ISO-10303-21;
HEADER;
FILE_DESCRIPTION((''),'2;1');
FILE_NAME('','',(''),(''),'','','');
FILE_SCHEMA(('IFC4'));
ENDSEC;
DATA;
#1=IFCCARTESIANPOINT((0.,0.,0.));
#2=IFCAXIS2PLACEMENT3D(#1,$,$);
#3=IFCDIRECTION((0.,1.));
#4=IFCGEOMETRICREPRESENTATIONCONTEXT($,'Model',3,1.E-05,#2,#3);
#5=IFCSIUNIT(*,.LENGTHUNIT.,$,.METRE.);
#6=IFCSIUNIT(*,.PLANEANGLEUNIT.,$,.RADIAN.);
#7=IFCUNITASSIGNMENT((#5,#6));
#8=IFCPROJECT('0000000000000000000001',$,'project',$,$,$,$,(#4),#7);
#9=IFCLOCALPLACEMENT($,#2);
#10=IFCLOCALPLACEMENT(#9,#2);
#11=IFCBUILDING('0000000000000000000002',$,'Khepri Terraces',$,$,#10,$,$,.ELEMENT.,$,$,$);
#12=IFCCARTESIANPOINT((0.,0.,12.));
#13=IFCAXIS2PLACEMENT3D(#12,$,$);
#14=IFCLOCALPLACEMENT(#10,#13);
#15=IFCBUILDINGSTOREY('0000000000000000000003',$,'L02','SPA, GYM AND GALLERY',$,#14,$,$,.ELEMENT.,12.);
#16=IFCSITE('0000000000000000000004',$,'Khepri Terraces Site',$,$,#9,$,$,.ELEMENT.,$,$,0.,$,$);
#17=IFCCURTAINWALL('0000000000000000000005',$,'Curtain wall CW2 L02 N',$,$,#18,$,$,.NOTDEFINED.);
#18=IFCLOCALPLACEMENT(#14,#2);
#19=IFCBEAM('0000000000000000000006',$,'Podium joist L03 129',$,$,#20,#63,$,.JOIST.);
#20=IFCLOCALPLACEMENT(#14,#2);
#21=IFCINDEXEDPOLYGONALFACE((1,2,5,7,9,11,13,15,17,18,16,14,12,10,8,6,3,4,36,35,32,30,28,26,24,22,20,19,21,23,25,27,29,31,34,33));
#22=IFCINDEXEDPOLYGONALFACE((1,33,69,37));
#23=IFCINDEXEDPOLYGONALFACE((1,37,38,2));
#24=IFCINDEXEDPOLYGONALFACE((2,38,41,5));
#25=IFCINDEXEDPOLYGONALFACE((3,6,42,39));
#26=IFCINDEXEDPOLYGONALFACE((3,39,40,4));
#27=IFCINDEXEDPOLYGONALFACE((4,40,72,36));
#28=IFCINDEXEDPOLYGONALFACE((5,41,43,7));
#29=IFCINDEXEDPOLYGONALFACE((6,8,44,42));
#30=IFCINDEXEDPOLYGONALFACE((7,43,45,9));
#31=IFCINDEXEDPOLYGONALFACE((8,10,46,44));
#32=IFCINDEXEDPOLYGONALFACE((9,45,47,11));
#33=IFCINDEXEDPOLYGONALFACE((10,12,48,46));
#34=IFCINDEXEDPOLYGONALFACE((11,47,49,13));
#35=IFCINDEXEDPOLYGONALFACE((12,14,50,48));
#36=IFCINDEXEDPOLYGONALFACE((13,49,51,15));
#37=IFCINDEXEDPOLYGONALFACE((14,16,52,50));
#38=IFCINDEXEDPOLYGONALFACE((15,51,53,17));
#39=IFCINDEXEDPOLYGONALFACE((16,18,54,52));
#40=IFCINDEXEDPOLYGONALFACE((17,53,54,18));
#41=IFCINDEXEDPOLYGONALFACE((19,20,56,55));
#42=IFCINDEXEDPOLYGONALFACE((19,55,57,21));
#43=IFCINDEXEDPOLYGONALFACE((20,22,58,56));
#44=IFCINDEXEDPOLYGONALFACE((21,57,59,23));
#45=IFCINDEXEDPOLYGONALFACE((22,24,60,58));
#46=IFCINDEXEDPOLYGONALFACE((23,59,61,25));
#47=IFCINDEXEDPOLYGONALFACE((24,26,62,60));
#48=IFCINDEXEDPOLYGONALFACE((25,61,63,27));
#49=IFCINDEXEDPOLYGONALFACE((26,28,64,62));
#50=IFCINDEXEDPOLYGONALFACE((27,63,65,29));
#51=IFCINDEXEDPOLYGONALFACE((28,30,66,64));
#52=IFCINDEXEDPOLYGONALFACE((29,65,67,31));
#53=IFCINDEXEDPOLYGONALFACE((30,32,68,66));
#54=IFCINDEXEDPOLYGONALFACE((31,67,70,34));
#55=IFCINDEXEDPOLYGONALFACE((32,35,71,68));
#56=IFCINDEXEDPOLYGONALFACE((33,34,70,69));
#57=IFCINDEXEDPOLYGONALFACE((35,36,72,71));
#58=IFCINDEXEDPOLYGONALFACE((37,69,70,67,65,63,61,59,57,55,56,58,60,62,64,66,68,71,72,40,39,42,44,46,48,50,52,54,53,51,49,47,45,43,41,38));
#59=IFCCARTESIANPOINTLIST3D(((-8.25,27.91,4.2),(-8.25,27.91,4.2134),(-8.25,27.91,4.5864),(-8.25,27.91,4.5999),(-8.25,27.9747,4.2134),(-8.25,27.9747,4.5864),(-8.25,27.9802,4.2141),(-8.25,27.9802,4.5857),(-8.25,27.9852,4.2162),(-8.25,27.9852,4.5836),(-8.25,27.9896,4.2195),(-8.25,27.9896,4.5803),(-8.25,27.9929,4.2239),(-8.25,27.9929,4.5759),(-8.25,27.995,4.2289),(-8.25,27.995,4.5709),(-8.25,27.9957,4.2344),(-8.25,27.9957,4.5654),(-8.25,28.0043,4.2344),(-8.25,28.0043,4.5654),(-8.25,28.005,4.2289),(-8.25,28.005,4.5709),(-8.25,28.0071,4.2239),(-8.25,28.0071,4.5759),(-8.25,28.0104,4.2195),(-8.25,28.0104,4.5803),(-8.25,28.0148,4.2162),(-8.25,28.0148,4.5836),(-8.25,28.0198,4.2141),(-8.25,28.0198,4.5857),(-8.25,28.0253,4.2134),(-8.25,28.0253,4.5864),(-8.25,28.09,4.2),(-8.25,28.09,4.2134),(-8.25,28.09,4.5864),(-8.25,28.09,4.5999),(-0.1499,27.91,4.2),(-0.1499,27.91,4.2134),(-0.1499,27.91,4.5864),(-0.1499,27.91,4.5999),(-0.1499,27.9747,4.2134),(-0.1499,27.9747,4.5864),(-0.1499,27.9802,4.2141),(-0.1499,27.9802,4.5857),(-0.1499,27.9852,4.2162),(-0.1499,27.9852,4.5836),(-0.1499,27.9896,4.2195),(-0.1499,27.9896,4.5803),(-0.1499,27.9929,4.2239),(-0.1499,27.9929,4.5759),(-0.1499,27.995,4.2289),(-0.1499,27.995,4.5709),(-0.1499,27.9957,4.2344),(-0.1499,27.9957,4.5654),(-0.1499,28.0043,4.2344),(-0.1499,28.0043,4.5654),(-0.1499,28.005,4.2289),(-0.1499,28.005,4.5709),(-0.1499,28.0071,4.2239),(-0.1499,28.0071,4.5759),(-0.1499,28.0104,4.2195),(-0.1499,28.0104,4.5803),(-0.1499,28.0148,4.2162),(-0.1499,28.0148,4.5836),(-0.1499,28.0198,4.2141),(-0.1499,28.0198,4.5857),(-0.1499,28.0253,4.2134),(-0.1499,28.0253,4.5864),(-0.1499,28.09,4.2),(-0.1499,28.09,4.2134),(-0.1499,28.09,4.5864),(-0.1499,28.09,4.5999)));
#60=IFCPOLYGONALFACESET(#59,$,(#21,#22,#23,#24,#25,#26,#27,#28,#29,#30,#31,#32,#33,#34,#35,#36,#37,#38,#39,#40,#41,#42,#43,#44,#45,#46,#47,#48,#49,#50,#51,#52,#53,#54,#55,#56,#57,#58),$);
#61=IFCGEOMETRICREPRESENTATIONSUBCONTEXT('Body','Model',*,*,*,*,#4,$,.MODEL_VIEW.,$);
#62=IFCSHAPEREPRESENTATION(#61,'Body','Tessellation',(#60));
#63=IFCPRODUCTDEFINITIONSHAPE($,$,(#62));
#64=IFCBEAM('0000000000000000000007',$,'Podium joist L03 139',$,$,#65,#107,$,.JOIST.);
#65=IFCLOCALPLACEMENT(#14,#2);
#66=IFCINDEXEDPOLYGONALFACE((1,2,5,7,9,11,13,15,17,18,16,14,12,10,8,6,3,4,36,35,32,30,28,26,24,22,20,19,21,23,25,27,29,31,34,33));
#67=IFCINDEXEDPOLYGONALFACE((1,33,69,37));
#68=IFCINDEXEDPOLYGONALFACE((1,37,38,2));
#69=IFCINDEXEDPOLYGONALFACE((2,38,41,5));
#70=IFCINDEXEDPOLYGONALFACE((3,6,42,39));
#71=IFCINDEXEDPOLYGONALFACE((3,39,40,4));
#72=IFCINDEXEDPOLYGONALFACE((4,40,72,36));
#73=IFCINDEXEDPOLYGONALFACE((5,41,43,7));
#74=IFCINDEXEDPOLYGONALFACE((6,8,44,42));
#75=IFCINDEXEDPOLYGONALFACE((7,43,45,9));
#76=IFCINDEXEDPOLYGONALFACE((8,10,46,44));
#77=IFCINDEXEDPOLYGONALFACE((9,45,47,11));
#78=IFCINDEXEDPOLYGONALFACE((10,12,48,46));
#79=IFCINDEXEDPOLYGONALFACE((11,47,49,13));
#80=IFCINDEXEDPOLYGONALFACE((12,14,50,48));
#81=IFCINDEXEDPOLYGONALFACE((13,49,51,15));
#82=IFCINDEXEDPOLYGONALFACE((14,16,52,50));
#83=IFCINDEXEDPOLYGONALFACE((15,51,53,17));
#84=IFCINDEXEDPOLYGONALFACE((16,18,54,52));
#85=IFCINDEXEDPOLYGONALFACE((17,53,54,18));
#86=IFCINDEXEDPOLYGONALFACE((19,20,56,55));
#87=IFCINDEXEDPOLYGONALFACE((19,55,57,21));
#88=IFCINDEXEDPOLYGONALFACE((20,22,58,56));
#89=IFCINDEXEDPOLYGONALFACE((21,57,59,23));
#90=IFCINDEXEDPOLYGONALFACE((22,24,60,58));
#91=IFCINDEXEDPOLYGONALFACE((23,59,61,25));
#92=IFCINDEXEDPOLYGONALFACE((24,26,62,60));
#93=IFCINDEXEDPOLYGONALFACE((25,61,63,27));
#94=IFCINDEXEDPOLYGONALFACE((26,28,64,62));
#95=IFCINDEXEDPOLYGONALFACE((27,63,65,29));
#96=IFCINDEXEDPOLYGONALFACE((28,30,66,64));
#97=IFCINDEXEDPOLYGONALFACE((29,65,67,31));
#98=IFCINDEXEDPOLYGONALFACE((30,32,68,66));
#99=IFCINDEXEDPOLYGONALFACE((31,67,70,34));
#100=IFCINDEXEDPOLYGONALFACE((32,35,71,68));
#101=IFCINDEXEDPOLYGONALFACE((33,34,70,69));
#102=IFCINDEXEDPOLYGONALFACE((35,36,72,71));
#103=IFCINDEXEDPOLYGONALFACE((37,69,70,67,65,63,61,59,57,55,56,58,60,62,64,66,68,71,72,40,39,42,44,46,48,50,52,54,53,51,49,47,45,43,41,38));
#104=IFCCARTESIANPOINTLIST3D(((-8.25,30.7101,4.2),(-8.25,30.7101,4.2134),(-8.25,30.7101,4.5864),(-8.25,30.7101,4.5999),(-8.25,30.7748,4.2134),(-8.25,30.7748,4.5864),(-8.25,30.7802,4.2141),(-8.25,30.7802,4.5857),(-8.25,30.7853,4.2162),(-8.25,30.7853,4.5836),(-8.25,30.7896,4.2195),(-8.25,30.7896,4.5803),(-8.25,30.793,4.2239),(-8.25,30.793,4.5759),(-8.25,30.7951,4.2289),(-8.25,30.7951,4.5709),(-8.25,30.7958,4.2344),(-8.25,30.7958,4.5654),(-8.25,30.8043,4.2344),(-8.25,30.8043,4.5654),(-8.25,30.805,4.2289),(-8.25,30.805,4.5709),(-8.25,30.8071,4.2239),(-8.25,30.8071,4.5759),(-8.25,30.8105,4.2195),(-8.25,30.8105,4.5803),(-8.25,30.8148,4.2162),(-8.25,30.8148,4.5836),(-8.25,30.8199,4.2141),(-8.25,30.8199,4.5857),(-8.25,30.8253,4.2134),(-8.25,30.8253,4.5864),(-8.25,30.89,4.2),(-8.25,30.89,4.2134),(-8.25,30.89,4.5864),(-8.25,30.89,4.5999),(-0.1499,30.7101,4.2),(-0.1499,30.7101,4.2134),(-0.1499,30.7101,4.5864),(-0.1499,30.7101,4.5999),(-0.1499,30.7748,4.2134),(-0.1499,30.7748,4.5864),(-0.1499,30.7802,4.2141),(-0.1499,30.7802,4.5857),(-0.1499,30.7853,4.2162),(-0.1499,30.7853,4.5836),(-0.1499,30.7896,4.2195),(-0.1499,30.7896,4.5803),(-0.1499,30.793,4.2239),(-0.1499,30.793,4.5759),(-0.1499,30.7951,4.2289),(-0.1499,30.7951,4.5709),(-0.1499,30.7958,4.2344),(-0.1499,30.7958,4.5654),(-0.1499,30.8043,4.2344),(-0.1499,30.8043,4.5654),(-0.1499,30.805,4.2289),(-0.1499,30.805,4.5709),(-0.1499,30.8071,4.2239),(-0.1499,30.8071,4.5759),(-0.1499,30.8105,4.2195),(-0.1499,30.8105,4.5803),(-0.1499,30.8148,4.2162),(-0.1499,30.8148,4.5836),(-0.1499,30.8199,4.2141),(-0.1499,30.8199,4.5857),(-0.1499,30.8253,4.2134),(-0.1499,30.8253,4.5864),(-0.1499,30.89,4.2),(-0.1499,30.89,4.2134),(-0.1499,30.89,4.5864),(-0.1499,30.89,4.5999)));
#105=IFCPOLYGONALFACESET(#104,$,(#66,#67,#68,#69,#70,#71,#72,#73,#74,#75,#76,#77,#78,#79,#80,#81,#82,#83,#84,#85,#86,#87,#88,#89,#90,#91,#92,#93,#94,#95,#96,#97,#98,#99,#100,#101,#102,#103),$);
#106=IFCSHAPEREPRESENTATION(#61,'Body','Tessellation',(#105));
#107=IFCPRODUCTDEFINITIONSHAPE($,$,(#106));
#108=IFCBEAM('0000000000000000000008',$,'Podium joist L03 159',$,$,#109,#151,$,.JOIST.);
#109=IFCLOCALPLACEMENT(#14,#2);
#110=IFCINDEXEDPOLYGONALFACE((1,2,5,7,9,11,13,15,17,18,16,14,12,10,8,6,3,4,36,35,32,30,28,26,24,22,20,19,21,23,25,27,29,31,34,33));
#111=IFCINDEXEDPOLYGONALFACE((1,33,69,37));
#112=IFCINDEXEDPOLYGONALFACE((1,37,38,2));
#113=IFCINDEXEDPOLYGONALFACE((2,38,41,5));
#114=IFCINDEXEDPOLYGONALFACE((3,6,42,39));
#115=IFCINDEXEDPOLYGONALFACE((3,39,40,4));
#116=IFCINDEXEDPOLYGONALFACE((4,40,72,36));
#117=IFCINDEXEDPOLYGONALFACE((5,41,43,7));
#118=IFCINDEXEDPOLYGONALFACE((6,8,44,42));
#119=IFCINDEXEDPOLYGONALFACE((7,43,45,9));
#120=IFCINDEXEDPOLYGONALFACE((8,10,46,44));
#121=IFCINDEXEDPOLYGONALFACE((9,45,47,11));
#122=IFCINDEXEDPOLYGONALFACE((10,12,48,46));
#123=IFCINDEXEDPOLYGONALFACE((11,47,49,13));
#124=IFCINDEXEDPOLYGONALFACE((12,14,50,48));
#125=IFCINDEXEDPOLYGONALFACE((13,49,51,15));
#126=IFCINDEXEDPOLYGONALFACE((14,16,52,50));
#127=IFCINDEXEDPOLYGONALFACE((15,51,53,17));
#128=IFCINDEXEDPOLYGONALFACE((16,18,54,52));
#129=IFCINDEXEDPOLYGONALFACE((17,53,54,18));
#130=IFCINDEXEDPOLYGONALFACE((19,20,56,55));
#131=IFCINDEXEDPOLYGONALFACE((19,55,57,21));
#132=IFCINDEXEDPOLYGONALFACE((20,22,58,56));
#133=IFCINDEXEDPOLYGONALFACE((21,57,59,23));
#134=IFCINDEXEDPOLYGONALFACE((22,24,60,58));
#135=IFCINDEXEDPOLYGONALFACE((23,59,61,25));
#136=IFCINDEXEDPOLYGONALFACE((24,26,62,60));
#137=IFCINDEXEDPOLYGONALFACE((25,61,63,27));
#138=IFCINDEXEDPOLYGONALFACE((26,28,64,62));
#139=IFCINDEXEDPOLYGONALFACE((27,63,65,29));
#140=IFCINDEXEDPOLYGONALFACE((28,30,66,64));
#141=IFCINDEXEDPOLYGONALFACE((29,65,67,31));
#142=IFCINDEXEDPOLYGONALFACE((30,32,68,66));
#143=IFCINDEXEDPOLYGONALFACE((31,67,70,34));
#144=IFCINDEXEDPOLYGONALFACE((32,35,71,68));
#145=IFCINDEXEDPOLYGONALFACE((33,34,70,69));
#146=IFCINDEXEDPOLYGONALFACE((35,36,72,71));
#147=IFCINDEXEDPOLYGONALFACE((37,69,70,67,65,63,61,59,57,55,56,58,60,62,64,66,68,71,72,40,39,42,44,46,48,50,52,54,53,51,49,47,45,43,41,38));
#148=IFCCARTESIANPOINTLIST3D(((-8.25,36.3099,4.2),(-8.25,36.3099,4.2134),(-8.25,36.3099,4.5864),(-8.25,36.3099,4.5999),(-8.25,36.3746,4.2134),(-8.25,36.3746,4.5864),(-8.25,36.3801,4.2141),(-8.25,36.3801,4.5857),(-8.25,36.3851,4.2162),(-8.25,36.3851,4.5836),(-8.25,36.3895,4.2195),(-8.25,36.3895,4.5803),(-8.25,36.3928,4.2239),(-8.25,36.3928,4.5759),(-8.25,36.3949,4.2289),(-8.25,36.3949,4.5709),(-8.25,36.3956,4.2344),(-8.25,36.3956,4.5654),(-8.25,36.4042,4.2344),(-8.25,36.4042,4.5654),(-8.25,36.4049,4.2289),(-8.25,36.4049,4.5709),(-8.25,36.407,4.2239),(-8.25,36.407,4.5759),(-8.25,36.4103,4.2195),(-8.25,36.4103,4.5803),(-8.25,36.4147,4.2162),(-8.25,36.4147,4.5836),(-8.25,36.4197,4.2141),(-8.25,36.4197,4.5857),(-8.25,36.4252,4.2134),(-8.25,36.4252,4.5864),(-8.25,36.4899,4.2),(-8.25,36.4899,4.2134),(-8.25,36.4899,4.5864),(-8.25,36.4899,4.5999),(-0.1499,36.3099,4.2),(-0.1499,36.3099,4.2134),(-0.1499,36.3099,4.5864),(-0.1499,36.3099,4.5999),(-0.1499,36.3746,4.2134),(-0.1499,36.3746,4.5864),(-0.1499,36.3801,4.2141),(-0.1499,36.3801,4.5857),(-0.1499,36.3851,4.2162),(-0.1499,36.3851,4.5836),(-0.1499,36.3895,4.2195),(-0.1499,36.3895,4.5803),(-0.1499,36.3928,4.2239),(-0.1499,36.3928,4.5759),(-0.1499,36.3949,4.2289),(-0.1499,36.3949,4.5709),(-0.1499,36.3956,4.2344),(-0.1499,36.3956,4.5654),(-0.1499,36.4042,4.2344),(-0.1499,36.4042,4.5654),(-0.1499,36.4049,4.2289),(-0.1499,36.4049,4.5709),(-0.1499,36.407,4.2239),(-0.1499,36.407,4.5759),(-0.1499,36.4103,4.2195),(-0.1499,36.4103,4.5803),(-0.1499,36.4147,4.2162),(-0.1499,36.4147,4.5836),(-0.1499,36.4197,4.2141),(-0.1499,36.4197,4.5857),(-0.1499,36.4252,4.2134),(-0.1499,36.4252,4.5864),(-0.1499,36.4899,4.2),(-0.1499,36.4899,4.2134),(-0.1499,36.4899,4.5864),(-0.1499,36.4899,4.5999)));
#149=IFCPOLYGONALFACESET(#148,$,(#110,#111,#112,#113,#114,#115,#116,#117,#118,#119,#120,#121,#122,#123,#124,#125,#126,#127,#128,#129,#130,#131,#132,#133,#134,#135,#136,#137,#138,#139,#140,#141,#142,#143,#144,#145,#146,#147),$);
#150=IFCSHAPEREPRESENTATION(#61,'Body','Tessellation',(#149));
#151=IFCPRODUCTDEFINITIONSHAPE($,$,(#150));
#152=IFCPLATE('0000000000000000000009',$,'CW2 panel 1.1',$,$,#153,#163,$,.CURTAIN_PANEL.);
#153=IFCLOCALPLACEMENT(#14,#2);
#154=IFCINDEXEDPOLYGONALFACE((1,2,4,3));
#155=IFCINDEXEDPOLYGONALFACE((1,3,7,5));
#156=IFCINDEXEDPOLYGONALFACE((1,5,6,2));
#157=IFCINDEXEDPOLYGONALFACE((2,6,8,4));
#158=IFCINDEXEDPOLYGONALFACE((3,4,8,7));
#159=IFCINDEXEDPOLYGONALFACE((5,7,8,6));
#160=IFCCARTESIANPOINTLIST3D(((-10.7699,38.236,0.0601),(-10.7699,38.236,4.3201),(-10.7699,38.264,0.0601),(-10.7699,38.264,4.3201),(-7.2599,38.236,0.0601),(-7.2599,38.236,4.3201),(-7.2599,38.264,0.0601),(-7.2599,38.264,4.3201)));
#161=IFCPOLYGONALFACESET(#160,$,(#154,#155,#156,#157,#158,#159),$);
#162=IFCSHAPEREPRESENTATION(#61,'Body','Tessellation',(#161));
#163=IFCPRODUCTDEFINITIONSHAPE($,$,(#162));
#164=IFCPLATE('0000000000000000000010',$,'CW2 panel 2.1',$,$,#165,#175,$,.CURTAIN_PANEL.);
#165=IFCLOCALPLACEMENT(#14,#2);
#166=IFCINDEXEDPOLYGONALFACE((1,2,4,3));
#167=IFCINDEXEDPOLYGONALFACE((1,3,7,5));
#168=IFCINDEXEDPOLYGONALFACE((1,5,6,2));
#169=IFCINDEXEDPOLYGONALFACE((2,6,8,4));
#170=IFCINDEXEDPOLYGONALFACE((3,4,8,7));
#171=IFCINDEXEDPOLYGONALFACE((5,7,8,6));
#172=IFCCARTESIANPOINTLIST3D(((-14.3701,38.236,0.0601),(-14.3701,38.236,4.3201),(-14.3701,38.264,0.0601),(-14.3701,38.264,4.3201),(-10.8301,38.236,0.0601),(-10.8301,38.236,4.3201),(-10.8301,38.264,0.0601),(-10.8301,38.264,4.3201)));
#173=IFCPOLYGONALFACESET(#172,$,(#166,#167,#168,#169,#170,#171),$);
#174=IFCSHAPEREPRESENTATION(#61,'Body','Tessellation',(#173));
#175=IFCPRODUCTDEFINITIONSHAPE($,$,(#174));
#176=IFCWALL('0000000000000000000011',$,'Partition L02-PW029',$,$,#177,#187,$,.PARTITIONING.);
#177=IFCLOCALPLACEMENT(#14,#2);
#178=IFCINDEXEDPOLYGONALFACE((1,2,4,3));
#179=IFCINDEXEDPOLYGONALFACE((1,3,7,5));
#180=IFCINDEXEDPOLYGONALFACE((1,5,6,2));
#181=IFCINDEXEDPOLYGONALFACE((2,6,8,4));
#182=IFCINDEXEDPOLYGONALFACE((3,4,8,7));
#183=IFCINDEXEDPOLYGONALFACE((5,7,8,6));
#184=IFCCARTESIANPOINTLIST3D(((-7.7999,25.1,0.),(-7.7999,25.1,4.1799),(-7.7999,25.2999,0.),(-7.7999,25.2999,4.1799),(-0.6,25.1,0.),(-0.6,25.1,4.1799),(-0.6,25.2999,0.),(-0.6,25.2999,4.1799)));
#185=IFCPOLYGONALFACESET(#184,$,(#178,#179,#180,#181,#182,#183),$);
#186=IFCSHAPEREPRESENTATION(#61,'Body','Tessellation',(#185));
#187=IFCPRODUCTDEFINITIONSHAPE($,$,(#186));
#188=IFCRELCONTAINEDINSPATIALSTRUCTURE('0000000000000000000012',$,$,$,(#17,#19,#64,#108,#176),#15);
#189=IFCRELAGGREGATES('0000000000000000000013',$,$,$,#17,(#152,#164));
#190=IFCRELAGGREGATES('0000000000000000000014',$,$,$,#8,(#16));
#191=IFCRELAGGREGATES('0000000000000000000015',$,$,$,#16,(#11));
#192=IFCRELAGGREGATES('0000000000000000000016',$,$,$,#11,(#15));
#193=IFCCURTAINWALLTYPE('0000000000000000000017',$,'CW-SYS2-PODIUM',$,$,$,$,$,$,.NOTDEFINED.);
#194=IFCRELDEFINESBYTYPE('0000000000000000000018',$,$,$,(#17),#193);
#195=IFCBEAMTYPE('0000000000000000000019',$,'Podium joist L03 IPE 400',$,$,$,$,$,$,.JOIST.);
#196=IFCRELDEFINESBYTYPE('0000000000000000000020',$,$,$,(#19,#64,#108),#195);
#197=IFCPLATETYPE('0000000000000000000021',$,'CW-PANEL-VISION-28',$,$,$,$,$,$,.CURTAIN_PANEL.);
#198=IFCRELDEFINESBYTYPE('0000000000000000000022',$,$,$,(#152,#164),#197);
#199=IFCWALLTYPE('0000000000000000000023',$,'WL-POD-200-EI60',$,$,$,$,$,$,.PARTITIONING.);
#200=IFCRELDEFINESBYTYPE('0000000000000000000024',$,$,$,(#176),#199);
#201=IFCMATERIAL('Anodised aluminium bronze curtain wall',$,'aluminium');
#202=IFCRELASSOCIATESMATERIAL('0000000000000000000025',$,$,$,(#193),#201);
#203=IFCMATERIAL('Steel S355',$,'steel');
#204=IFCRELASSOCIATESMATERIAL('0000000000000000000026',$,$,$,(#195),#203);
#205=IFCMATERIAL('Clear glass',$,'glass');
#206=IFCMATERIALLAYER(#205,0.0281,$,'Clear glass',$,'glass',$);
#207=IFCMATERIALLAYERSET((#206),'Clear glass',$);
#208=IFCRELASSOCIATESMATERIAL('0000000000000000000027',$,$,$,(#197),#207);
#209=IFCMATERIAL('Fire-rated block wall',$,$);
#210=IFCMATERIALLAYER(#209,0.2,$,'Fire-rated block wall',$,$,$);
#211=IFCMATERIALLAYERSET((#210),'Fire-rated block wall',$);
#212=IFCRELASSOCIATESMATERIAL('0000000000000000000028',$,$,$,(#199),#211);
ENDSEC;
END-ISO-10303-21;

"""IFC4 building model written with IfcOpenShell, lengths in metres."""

from ifc_helpers import new_model, si_unit, direction, frame, frame_2d, origin, origin_2d, place, context, subcontext, project, spatial, rectangle, i_section, extrude, material, layer, layer_set, material_profile, profile_set, type_object, element, aggregate, save


model = new_model("IFC4")

# Units and contexts
model_context = context("Model", 3, precision=1e-05, world=origin(), true_north=direction((0.0, 1.0)))
body_context = subcontext(model_context, "Body", "Model", "MODEL_VIEW")
ifc_project = project(units=[si_unit("LENGTHUNIT", "METRE"), si_unit("PLANEANGLEUNIT", "RADIAN")], contexts=[model_context])

# Site, building, storey
site_placement = place(None, origin())
site = spatial("IfcSite", under=ifc_project, at=site_placement, Name="Khepri Terraces Site", CompositionType="ELEMENT", RefElevation=0.0)
building_placement = place(site_placement, origin())
building = spatial("IfcBuilding", under=site, at=building_placement, Name="Khepri Terraces", CompositionType="ELEMENT")
storey_placement = place(building_placement, frame((0.0, 0.0, 12.0)))
storey = spatial("IfcBuildingStorey", under=building, at=storey_placement, Name="L02", Description="SPA, GYM AND GALLERY", CompositionType="ELEMENT", Elevation=12.0)

# Curtain wall
ifc_material_1 = material(Name="Anodised aluminium bronze curtain wall", Category="aluminium")
curtain_wall_type = type_object("IfcCurtainWallType", Name="CW-SYS2-PODIUM", PredefinedType="NOTDEFINED", material=ifc_material_1)
curtain_wall_placement = place(storey_placement, origin())
curtain_wall = element("IfcCurtainWall", 1, at=curtain_wall_placement, inside=storey, type_object=curtain_wall_type, Name="Curtain wall CW2 L02 N", PredefinedType="NOTDEFINED")

# Beams
ifc_material_2 = material(Name="Steel S355", Category="steel")
ifc_material_profile_1 = material_profile(ifc_material_2, i_section(OverallWidth=0.1799, OverallDepth=0.3999, WebThickness=0.0085, FlangeThickness=0.0134, FilletRadius=0.021, at=origin_2d()), Name="Steel S355", Category="steel")
ifc_profile_set_1 = profile_set([ifc_material_profile_1], Name="Steel S355")
beam_type_1 = type_object("IfcBeamType", Name="Podium joist L03 IPE 400", PredefinedType="JOIST", material=ifc_profile_set_1)
for number, where, z_axis, x_axis, name in (
    (2, (-8.25, 28.0, 4.3999), (1.0, 0.0, 0.0), (0.0, 1.0, 0.0), "Podium joist L03 129"),
    (3, (-8.25, 30.8, 4.3999), (1.0, 0.0, 0.0), (0.0, 1.0, 0.0), "Podium joist L03 139"),
    (4, (-8.25, 36.3999, 4.3999), (1.0, 0.0, 0.0), (0.0, 1.0, 0.0), "Podium joist L03 159"),
):
    element("IfcBeam", number, at=place(storey_placement, frame(where, z_axis=z_axis, x_axis=x_axis)), inside=storey, type_object=beam_type_1, Name=name, PredefinedType="JOIST", context=body_context, shape_type="SweptSolid", body=[
        extrude(i_section(OverallWidth=0.1799, OverallDepth=0.3999, WebThickness=0.0085, FlangeThickness=0.0134, FilletRadius=0.021, at=origin_2d()), origin(), (0.0, 0.0, 1.0), 8.1001),
    ])

# Plates
ifc_material_3 = material(Name="Clear glass", Category="glass")
ifc_layer_1 = layer(ifc_material_3, 0.0281, Name="Clear glass", Category="glass")
ifc_layer_set_1 = layer_set([ifc_layer_1], Name="Clear glass")
plate_type = type_object("IfcPlateType", Name="CW-PANEL-VISION-28", PredefinedType="CURTAIN_PANEL", material=ifc_layer_set_1)
plate_1_placement = place(storey_placement, frame((-9.0149, 38.25, 0.0601), z_axis=(0.0, 0.0, 1.0), x_axis=(-1.0, 0.0, 0.0)))
plate_1 = element("IfcPlate", 5, at=plate_1_placement, type_object=plate_type, Name="CW2 panel 1.1", PredefinedType="CURTAIN_PANEL", context=body_context, shape_type="SweptSolid", body=[
    extrude(rectangle(XDim=3.51, YDim=0.0281, at=origin_2d()), origin(), (0.0, 0.0, 1.0), 4.26),
])
plate_2_placement = place(storey_placement, frame((-12.6001, 38.25, 0.0601), z_axis=(0.0, 0.0, 1.0), x_axis=(-1.0, 0.0, 0.0)))
plate_2 = element("IfcPlate", 6, at=plate_2_placement, type_object=plate_type, Name="CW2 panel 2.1", PredefinedType="CURTAIN_PANEL", context=body_context, shape_type="SweptSolid", body=[
    extrude(rectangle(XDim=3.54, YDim=0.0281, at=origin_2d()), origin(), (0.0, 0.0, 1.0), 4.26),
])
aggregate(curtain_wall, [plate_1, plate_2])

# Wall
ifc_material_4 = material(Name="Fire-rated block wall")
ifc_layer_2 = layer(ifc_material_4, 0.2, Name="Fire-rated block wall")
ifc_layer_set_2 = layer_set([ifc_layer_2], Name="Fire-rated block wall")
wall_type_1 = type_object("IfcWallType", Name="WL-POD-200-EI60", PredefinedType="PARTITIONING", material=ifc_layer_set_2)
wall_1_placement = place(storey_placement, frame((-7.8, 25.2, 0.0), z_axis=(0.0, 0.0, 1.0), x_axis=(1.0, 0.0, 0.0)))
element("IfcWall", 7, at=wall_1_placement, inside=storey, type_object=wall_type_1, Name="Partition L02-PW029", PredefinedType="PARTITIONING", context=body_context, shape_type="SweptSolid", body=[
    extrude(rectangle(XDim=7.2, YDim=0.2, at=frame_2d((3.6001, 0.0))), origin(), (0.0, 0.0, 1.0), 4.1799),
])

save(model, "model.ifc")
